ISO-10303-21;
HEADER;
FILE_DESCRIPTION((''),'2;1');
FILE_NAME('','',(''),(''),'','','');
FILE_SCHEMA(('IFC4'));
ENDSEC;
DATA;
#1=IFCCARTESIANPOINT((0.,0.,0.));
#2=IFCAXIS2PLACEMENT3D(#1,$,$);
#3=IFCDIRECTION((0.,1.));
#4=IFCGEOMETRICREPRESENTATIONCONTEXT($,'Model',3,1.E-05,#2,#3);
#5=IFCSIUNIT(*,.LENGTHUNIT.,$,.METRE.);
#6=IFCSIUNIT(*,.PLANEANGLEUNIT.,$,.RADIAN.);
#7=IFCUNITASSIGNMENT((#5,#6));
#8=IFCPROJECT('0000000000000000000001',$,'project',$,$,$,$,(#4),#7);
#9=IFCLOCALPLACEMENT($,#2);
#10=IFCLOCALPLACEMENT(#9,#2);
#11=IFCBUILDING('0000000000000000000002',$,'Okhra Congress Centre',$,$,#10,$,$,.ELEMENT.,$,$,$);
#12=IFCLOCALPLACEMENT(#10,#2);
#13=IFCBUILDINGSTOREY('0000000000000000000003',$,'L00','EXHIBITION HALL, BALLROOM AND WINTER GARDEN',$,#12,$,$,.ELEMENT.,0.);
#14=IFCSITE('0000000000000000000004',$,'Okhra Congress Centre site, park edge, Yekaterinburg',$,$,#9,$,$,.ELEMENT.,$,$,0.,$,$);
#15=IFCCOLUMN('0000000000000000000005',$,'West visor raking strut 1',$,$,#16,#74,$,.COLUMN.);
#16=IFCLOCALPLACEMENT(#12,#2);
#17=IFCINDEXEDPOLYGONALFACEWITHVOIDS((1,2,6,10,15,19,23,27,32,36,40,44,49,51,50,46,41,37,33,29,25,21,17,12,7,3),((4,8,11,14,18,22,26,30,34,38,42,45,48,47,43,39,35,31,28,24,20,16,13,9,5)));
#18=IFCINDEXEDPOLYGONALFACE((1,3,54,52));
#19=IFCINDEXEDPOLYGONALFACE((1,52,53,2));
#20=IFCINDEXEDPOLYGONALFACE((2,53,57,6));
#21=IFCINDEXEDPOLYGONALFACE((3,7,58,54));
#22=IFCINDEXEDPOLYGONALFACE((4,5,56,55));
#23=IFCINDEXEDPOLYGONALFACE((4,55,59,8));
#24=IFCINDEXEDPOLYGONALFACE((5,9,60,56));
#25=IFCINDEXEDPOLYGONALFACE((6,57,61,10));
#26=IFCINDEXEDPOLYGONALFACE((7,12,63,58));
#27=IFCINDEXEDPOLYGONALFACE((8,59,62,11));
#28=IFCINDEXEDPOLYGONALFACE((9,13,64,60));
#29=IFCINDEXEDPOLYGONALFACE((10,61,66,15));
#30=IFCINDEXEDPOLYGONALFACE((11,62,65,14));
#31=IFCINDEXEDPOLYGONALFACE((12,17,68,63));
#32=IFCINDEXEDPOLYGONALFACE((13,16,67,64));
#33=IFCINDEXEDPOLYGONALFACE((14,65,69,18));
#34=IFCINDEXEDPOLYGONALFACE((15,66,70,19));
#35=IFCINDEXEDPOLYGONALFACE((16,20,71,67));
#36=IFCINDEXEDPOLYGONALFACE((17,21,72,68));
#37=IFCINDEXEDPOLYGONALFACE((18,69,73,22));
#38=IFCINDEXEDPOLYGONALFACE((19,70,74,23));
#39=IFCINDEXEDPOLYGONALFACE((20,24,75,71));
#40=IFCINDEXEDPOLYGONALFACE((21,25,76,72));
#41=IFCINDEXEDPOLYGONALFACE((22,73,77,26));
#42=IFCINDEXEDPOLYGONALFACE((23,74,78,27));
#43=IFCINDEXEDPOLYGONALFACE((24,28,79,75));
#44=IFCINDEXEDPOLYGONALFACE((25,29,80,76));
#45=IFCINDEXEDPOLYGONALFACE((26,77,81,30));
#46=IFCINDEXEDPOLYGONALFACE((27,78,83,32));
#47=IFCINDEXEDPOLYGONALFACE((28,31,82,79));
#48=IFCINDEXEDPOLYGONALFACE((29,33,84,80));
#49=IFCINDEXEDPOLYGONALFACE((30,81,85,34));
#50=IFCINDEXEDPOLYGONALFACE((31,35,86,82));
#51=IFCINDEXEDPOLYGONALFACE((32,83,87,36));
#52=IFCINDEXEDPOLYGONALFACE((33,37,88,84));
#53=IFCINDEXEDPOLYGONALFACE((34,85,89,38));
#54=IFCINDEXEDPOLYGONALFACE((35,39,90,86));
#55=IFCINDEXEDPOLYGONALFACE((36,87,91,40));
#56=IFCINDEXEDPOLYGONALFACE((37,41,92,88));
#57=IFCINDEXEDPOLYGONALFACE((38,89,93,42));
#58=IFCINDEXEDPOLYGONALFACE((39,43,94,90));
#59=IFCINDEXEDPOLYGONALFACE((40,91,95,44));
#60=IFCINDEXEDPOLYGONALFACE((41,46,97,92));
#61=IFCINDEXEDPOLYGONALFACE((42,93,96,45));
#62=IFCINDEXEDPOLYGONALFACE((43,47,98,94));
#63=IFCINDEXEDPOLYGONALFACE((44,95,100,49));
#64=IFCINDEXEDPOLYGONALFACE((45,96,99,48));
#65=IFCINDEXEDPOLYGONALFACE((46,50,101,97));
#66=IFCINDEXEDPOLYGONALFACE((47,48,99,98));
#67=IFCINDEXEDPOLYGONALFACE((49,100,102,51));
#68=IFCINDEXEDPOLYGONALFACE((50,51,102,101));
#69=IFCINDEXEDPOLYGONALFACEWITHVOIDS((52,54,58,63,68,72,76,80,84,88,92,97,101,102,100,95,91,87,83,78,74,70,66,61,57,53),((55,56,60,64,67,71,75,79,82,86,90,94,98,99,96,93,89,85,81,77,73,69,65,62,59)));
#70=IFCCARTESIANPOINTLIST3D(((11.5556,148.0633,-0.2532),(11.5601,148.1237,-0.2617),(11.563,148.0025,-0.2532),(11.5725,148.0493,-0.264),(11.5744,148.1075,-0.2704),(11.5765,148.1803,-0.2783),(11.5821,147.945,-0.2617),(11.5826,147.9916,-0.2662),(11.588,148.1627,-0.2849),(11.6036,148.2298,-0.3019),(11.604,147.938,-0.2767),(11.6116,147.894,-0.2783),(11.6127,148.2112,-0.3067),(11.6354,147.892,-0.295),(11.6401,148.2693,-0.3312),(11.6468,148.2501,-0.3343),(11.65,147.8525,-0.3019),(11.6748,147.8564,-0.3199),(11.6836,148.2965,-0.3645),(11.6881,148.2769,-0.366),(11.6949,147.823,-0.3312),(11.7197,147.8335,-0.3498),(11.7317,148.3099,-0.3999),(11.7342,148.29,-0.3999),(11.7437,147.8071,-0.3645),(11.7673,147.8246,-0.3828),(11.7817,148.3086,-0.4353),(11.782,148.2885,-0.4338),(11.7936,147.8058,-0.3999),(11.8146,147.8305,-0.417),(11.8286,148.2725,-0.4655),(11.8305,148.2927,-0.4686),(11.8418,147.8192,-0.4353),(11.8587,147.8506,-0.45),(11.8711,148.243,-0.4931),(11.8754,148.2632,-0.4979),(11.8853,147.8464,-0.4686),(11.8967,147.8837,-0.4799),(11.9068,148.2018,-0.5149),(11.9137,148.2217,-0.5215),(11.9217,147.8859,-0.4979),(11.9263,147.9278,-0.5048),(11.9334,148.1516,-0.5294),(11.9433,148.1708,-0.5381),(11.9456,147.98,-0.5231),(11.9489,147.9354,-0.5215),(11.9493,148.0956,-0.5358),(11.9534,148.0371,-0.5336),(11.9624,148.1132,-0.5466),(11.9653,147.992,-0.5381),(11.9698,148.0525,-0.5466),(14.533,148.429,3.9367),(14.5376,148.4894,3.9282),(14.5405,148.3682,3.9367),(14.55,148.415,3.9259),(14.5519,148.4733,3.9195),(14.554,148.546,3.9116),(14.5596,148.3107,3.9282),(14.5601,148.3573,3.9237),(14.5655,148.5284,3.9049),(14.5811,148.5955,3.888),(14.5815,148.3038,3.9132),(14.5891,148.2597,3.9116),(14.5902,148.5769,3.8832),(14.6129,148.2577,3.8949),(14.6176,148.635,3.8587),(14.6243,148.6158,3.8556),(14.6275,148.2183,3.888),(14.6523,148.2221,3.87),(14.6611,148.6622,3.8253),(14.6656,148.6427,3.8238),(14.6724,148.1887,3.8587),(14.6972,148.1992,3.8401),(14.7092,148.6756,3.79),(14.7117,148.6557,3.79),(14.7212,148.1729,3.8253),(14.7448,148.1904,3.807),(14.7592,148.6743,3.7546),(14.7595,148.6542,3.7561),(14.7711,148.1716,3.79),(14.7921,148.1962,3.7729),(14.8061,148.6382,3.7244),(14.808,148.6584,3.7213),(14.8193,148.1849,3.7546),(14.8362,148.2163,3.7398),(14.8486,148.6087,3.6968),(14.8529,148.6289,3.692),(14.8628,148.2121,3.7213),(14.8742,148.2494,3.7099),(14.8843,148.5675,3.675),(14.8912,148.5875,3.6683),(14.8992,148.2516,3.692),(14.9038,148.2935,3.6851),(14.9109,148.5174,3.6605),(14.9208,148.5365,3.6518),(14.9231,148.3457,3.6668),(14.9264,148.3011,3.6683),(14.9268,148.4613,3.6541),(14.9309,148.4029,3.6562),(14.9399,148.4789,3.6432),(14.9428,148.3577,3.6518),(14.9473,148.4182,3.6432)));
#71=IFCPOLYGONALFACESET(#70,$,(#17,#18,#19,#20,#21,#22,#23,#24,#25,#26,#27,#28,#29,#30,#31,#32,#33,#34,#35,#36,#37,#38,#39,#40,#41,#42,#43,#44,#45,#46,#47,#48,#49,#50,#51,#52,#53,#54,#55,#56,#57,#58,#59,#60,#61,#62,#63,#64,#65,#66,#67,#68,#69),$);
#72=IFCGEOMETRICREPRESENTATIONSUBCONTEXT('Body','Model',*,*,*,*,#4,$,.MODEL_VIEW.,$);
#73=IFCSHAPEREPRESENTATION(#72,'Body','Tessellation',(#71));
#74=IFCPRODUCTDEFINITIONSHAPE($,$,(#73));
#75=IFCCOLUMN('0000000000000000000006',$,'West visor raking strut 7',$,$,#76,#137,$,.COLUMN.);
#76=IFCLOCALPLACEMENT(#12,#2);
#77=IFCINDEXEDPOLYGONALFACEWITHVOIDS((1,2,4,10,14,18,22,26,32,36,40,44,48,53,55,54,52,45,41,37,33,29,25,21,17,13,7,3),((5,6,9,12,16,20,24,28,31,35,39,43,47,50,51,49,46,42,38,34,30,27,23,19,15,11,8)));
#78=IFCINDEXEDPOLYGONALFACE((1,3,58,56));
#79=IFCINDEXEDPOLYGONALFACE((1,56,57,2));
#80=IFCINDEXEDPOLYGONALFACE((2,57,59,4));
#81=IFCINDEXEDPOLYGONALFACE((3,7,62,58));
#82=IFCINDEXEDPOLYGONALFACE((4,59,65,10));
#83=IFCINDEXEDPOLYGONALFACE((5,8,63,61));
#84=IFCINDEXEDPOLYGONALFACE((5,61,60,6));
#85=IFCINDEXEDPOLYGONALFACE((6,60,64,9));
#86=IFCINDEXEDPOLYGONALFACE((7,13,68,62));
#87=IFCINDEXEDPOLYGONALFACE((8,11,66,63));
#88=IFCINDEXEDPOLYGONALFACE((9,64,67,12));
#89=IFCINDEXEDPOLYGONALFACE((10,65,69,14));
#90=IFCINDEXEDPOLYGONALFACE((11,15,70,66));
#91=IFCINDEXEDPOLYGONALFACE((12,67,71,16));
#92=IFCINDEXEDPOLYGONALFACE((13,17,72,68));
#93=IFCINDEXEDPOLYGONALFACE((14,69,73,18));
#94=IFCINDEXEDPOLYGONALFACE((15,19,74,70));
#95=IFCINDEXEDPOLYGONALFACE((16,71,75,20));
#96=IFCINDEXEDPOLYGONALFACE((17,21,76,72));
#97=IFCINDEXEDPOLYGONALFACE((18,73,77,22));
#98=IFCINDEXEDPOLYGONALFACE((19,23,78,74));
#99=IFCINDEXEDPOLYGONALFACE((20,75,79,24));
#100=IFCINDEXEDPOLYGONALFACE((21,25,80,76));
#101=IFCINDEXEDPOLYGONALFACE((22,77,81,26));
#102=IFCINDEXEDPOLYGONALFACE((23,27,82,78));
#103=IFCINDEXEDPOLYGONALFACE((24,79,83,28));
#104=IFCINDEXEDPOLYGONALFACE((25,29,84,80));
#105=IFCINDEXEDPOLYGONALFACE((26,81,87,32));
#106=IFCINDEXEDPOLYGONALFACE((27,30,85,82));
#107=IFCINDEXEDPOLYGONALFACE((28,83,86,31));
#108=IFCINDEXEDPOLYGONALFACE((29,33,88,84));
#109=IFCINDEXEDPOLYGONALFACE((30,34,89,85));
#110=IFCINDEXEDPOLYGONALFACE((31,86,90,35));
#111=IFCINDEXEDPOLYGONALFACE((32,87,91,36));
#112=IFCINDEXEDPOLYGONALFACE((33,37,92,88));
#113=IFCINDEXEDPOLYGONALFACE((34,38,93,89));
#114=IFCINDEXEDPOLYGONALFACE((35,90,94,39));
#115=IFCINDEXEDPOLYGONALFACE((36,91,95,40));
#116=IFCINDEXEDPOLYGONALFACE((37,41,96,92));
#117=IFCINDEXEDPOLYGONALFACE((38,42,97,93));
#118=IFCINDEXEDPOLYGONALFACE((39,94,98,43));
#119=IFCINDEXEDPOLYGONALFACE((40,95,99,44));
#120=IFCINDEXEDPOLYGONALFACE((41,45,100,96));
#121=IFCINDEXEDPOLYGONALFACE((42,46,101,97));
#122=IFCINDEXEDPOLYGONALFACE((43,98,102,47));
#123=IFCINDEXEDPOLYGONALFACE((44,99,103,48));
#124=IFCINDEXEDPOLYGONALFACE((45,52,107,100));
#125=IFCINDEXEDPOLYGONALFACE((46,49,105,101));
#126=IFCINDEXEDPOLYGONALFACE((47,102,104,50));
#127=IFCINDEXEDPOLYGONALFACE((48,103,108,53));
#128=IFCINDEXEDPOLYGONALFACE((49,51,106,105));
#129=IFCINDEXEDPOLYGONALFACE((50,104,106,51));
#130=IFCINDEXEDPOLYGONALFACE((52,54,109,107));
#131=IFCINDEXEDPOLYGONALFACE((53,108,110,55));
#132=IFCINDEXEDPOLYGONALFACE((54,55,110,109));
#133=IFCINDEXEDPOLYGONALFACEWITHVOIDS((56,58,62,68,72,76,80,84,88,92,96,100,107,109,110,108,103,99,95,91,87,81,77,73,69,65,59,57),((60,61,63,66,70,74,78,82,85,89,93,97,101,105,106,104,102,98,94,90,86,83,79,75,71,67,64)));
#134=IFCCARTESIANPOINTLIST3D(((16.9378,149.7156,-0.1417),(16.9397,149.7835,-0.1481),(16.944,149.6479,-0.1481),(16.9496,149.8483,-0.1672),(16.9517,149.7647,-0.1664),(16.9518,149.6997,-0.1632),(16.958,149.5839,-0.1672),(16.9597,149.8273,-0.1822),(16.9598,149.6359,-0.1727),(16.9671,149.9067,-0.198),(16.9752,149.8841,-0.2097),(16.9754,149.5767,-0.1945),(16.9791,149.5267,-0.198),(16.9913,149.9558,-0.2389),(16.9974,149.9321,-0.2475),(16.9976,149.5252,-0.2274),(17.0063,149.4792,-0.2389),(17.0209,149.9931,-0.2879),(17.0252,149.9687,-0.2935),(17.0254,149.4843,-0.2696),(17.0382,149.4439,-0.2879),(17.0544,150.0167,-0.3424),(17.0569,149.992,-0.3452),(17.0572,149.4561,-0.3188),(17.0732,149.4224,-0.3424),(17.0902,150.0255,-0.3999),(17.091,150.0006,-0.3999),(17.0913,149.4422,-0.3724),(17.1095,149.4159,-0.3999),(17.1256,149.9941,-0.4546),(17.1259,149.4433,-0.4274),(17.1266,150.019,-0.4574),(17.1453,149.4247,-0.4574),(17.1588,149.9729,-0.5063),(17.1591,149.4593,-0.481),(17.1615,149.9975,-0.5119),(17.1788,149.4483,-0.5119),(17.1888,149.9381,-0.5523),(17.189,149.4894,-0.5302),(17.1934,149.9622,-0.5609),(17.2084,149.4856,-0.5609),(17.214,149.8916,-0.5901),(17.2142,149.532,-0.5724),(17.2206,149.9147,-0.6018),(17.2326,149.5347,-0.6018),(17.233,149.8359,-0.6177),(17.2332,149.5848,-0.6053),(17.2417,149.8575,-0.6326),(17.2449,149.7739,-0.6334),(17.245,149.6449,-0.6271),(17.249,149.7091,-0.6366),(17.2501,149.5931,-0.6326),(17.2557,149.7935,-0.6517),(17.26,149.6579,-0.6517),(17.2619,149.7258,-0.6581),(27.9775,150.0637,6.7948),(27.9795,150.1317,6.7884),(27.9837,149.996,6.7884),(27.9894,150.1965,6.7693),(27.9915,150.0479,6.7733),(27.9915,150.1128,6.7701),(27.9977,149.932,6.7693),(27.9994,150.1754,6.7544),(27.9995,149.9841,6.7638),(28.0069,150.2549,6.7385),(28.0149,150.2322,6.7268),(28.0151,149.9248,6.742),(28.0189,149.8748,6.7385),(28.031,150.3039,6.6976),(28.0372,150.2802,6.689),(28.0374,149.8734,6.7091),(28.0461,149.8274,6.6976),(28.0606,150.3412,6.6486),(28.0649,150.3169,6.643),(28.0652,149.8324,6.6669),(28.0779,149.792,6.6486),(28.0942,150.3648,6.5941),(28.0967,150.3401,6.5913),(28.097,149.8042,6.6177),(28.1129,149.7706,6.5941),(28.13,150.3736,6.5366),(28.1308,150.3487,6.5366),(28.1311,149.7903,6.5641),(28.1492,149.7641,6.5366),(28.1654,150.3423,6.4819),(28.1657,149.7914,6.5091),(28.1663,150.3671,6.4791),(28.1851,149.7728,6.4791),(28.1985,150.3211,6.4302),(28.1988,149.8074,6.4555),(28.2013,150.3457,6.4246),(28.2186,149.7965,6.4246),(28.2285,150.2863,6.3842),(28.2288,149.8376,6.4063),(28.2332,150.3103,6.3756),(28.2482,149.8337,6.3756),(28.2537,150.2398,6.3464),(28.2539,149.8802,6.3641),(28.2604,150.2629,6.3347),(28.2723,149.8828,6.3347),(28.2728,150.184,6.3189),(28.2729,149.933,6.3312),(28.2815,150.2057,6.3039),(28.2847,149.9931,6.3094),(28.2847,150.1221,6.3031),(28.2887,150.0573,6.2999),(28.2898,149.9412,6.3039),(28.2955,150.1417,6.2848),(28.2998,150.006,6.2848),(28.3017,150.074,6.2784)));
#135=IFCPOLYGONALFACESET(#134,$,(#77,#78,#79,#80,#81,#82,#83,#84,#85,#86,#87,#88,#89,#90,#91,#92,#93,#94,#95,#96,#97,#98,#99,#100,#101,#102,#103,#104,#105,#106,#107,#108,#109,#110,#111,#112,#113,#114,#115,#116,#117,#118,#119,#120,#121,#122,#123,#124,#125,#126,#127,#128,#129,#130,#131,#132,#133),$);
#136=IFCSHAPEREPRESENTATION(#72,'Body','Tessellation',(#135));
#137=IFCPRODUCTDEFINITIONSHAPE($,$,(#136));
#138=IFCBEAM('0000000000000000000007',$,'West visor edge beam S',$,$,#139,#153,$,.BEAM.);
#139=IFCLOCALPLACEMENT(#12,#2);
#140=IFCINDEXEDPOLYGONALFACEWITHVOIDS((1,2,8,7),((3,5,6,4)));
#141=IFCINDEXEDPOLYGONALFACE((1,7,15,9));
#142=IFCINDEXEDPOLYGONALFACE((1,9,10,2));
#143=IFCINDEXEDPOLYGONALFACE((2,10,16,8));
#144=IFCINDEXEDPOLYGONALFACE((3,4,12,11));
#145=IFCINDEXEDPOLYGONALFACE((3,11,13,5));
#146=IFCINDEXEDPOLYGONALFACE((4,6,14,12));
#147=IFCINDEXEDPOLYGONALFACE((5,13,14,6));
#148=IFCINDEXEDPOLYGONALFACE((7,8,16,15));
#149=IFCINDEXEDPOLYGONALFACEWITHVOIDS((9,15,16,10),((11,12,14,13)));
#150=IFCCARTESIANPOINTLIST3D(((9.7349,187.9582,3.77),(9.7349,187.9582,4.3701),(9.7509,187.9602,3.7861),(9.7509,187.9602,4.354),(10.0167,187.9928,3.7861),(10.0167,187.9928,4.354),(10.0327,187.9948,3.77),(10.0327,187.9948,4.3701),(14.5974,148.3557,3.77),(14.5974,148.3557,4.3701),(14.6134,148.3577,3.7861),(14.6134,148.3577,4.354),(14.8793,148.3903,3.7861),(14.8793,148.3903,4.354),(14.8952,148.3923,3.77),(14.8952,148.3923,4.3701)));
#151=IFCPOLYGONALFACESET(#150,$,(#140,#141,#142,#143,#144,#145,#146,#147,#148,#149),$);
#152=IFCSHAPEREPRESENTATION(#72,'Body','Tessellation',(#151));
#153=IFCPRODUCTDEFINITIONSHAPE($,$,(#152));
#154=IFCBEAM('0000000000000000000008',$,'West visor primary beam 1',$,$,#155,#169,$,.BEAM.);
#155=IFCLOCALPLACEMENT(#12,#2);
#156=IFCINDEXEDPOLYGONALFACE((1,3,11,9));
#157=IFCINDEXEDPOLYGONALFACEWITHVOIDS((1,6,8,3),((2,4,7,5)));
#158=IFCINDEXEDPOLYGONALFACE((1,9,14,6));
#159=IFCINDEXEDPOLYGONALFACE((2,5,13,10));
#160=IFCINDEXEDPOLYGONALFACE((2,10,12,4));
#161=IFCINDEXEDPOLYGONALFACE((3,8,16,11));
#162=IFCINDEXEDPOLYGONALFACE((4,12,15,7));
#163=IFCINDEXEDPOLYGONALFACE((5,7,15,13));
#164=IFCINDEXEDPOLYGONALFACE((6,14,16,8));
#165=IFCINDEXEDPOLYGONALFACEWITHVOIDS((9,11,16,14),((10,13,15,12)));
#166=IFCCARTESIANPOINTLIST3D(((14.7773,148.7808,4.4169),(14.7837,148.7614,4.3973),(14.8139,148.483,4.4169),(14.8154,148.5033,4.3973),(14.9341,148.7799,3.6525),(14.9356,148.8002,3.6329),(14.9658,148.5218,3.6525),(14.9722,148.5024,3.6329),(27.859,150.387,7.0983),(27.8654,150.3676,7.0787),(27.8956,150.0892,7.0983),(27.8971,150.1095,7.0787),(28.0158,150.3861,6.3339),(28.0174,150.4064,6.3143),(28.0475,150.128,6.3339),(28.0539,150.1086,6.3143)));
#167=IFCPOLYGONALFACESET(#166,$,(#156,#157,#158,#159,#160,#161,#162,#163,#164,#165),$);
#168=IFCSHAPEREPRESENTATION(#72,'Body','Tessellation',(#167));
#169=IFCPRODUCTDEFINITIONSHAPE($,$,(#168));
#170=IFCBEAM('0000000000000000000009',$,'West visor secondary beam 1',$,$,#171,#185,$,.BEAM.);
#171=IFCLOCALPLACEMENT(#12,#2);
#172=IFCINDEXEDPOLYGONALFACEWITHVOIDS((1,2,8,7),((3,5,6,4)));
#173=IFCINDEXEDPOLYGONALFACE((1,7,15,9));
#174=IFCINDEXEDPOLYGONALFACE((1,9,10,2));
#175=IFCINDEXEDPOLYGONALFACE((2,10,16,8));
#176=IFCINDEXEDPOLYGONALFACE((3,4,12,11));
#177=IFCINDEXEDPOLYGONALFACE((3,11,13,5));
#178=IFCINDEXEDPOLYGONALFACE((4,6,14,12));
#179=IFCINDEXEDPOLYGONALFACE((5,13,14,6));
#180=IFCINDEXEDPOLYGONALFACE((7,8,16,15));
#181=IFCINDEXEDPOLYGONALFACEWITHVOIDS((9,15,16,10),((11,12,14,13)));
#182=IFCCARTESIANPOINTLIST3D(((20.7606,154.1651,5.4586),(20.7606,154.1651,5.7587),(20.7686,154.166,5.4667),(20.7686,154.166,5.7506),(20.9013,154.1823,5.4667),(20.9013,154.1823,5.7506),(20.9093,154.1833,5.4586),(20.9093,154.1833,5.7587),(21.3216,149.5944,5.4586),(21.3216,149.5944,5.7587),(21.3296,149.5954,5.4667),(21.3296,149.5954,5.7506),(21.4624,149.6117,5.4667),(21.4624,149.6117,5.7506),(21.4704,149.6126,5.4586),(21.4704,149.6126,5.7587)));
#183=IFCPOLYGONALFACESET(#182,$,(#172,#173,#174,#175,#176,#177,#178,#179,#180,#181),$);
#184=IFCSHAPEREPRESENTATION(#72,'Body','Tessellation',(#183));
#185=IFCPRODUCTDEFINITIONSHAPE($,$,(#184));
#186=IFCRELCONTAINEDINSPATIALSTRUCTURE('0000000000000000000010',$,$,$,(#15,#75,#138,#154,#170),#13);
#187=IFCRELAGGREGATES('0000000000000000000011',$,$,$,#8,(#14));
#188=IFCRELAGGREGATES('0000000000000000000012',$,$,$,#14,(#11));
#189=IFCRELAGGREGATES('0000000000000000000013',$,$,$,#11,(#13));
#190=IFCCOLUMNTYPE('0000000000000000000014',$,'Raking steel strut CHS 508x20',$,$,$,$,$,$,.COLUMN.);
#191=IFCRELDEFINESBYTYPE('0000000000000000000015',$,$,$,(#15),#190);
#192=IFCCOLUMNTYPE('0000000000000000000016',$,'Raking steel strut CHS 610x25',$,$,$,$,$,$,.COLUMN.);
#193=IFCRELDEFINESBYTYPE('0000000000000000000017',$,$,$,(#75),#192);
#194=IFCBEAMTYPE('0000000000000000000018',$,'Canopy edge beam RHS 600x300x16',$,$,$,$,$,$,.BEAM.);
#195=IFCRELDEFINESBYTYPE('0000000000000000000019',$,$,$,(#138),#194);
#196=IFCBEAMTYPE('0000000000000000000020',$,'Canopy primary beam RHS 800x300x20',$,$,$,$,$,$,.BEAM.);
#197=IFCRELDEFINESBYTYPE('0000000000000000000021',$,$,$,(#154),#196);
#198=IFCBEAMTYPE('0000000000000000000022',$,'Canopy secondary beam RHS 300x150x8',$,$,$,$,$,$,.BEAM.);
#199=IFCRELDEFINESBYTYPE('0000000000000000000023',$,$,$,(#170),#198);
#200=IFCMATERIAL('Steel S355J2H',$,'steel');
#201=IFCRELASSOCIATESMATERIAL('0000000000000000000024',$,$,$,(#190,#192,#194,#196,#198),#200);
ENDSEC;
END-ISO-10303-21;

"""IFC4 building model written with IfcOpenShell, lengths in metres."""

from ifc_helpers import new_model, si_unit, direction, frame, origin, origin_2d, place, context, subcontext, project, spatial, hollow_rectangle, hollow_circle, extrude, material, material_profile, profile_set, type_object, element, save


model = new_model("IFC4")

# Units and contexts
model_context = context("Model", 3, precision=1e-05, world=origin(), true_north=direction((0.0, 1.0)))
body_context = subcontext(model_context, "Body", "Model", "MODEL_VIEW")
ifc_project = project(units=[si_unit("LENGTHUNIT", "METRE"), si_unit("PLANEANGLEUNIT", "RADIAN")], contexts=[model_context])

# Site, building, storey
site_placement = place(None, origin())
site = spatial("IfcSite", under=ifc_project, at=site_placement, Name="Okhra Congress Centre site, park edge, Yekaterinburg", CompositionType="ELEMENT", RefElevation=0.0)
building_placement = place(site_placement, origin())
building = spatial("IfcBuilding", under=site, at=building_placement, Name="Okhra Congress Centre", CompositionType="ELEMENT")
storey_placement = place(building_placement, origin())
storey = spatial("IfcBuildingStorey", under=building, at=storey_placement, Name="L00", Description="EXHIBITION HALL, BALLROOM AND WINTER GARDEN", CompositionType="ELEMENT", Elevation=0.0)

# Columns
ifc_material_1 = material(Name="Steel S355J2H", Category="steel")
ifc_material_profile_1 = material_profile(ifc_material_1, hollow_circle(Radius=0.2539, WallThickness=0.02, at=origin_2d()), Name="CHS 508x20")
ifc_profile_set_1 = profile_set([ifc_material_profile_1], Name="Steel S355J2H")
column_type_1 = type_object("IfcColumnType", Name="Raking steel strut CHS 508x20", PredefinedType="COLUMN", material=ifc_profile_set_1)
column_1_placement = place(storey_placement, frame((11.7627, 148.0579, -0.3999), z_axis=(0.577808, 0.070971, 0.813081), x_axis=(-0.121911, 0.992541, 0.0)))
element("IfcColumn", 1, at=column_1_placement, inside=storey, type_object=column_type_1, Name="West visor raking strut 1", PredefinedType="COLUMN", context=body_context, shape_type="SweptSolid", body=[
    extrude(hollow_circle(Radius=0.2539, WallThickness=0.02, at=origin_2d()), origin(), (0.0, 0.0, 1.0), 5.1531),
])
ifc_material_profile_2 = material_profile(ifc_material_1, hollow_circle(Radius=0.3049, WallThickness=0.0249, at=origin_2d()), Name="CHS 610x25")
ifc_profile_set_2 = profile_set([ifc_material_profile_2], Name="Steel S355J2H")
column_type_2 = type_object("IfcColumnType", Name="Raking steel strut CHS 610x25", PredefinedType="COLUMN", material=ifc_profile_set_2)
column_2_placement = place(storey_placement, frame((17.0999, 149.7207, -0.3999), z_axis=(0.846431, 0.026693, 0.531829), x_axis=(-0.03152, 0.999503, 0.0)))
element("IfcColumn", 2, at=column_2_placement, inside=storey, type_object=column_type_2, Name="West visor raking strut 7", PredefinedType="COLUMN", context=body_context, shape_type="SweptSolid", body=[
    extrude(hollow_circle(Radius=0.3049, WallThickness=0.0249, at=origin_2d()), origin(), (0.0, 0.0, 1.0), 13.0427),
])

# Beams
ifc_material_profile_3 = material_profile(ifc_material_1, hollow_rectangle(XDim=0.3, YDim=0.6001, WallThickness=0.0161, at=origin_2d()), Name="RHS 600x300x16")
ifc_profile_set_3 = profile_set([ifc_material_profile_3], Name="Steel S355J2H")
beam_type_1 = type_object("IfcBeamType", Name="Canopy edge beam RHS 600x300x16", PredefinedType="BEAM", material=ifc_profile_set_3)
beam_1_placement = place(storey_placement, frame((14.7463, 148.374, 4.0701), z_axis=(-0.121869, 0.992546, 0.0), x_axis=(-0.992546, -0.121869, 0.0)))
element("IfcBeam", 3, at=beam_1_placement, inside=storey, type_object=beam_type_1, Name="West visor edge beam S", PredefinedType="BEAM", context=body_context, shape_type="SweptSolid", body=[
    extrude(hollow_rectangle(XDim=0.3, YDim=0.6001, WallThickness=0.0161, at=origin_2d()), origin(), (0.0, 0.0, 1.0), 39.8999),
])
ifc_material_profile_4 = material_profile(ifc_material_1, hollow_rectangle(XDim=0.3, YDim=0.8, WallThickness=0.02, at=origin_2d()), Name="RHS 800x300x20")
ifc_profile_set_4 = profile_set([ifc_material_profile_4], Name="Steel S355J2H")
beam_type_2 = type_object("IfcBeamType", Name="Canopy primary beam RHS 800x300x20", PredefinedType="BEAM", material=ifc_profile_set_4)
beam_2_placement = place(storey_placement, frame((14.8748, 148.6416, 4.0249), z_axis=(0.972622, 0.11942, 0.19936), x_axis=(-0.121866, 0.992547, 0.0)))
element("IfcBeam", 4, at=beam_2_placement, inside=storey, type_object=beam_type_2, Name="West visor primary beam 1", PredefinedType="BEAM", context=body_context, shape_type="SweptSolid", body=[
    extrude(hollow_rectangle(XDim=0.3, YDim=0.8, WallThickness=0.02, at=origin_2d()), origin(), (0.0, 0.0, 1.0), 13.45),
])
ifc_material_profile_5 = material_profile(ifc_material_1, hollow_rectangle(XDim=0.1499, YDim=0.3, WallThickness=0.0081, at=origin_2d()), Name="RHS 300x150x8")
ifc_profile_set_5 = profile_set([ifc_material_profile_5], Name="Steel S355J2H")
beam_type_3 = type_object("IfcBeamType", Name="Canopy secondary beam RHS 300x150x8", PredefinedType="BEAM", material=ifc_profile_set_5)
beam_3_placement = place(storey_placement, frame((21.396, 149.6035, 5.6086), z_axis=(-0.121835, 0.99255, 0.0), x_axis=(-0.99255, -0.121835, 0.0)))
element("IfcBeam", 5, at=beam_3_placement, inside=storey, type_object=beam_type_3, Name="West visor secondary beam 1", PredefinedType="BEAM", context=body_context, shape_type="SweptSolid", body=[
    extrude(hollow_rectangle(XDim=0.1499, YDim=0.3, WallThickness=0.0081, at=origin_2d()), origin(), (0.0, 0.0, 1.0), 4.605),
])

save(model, "model.ifc")
